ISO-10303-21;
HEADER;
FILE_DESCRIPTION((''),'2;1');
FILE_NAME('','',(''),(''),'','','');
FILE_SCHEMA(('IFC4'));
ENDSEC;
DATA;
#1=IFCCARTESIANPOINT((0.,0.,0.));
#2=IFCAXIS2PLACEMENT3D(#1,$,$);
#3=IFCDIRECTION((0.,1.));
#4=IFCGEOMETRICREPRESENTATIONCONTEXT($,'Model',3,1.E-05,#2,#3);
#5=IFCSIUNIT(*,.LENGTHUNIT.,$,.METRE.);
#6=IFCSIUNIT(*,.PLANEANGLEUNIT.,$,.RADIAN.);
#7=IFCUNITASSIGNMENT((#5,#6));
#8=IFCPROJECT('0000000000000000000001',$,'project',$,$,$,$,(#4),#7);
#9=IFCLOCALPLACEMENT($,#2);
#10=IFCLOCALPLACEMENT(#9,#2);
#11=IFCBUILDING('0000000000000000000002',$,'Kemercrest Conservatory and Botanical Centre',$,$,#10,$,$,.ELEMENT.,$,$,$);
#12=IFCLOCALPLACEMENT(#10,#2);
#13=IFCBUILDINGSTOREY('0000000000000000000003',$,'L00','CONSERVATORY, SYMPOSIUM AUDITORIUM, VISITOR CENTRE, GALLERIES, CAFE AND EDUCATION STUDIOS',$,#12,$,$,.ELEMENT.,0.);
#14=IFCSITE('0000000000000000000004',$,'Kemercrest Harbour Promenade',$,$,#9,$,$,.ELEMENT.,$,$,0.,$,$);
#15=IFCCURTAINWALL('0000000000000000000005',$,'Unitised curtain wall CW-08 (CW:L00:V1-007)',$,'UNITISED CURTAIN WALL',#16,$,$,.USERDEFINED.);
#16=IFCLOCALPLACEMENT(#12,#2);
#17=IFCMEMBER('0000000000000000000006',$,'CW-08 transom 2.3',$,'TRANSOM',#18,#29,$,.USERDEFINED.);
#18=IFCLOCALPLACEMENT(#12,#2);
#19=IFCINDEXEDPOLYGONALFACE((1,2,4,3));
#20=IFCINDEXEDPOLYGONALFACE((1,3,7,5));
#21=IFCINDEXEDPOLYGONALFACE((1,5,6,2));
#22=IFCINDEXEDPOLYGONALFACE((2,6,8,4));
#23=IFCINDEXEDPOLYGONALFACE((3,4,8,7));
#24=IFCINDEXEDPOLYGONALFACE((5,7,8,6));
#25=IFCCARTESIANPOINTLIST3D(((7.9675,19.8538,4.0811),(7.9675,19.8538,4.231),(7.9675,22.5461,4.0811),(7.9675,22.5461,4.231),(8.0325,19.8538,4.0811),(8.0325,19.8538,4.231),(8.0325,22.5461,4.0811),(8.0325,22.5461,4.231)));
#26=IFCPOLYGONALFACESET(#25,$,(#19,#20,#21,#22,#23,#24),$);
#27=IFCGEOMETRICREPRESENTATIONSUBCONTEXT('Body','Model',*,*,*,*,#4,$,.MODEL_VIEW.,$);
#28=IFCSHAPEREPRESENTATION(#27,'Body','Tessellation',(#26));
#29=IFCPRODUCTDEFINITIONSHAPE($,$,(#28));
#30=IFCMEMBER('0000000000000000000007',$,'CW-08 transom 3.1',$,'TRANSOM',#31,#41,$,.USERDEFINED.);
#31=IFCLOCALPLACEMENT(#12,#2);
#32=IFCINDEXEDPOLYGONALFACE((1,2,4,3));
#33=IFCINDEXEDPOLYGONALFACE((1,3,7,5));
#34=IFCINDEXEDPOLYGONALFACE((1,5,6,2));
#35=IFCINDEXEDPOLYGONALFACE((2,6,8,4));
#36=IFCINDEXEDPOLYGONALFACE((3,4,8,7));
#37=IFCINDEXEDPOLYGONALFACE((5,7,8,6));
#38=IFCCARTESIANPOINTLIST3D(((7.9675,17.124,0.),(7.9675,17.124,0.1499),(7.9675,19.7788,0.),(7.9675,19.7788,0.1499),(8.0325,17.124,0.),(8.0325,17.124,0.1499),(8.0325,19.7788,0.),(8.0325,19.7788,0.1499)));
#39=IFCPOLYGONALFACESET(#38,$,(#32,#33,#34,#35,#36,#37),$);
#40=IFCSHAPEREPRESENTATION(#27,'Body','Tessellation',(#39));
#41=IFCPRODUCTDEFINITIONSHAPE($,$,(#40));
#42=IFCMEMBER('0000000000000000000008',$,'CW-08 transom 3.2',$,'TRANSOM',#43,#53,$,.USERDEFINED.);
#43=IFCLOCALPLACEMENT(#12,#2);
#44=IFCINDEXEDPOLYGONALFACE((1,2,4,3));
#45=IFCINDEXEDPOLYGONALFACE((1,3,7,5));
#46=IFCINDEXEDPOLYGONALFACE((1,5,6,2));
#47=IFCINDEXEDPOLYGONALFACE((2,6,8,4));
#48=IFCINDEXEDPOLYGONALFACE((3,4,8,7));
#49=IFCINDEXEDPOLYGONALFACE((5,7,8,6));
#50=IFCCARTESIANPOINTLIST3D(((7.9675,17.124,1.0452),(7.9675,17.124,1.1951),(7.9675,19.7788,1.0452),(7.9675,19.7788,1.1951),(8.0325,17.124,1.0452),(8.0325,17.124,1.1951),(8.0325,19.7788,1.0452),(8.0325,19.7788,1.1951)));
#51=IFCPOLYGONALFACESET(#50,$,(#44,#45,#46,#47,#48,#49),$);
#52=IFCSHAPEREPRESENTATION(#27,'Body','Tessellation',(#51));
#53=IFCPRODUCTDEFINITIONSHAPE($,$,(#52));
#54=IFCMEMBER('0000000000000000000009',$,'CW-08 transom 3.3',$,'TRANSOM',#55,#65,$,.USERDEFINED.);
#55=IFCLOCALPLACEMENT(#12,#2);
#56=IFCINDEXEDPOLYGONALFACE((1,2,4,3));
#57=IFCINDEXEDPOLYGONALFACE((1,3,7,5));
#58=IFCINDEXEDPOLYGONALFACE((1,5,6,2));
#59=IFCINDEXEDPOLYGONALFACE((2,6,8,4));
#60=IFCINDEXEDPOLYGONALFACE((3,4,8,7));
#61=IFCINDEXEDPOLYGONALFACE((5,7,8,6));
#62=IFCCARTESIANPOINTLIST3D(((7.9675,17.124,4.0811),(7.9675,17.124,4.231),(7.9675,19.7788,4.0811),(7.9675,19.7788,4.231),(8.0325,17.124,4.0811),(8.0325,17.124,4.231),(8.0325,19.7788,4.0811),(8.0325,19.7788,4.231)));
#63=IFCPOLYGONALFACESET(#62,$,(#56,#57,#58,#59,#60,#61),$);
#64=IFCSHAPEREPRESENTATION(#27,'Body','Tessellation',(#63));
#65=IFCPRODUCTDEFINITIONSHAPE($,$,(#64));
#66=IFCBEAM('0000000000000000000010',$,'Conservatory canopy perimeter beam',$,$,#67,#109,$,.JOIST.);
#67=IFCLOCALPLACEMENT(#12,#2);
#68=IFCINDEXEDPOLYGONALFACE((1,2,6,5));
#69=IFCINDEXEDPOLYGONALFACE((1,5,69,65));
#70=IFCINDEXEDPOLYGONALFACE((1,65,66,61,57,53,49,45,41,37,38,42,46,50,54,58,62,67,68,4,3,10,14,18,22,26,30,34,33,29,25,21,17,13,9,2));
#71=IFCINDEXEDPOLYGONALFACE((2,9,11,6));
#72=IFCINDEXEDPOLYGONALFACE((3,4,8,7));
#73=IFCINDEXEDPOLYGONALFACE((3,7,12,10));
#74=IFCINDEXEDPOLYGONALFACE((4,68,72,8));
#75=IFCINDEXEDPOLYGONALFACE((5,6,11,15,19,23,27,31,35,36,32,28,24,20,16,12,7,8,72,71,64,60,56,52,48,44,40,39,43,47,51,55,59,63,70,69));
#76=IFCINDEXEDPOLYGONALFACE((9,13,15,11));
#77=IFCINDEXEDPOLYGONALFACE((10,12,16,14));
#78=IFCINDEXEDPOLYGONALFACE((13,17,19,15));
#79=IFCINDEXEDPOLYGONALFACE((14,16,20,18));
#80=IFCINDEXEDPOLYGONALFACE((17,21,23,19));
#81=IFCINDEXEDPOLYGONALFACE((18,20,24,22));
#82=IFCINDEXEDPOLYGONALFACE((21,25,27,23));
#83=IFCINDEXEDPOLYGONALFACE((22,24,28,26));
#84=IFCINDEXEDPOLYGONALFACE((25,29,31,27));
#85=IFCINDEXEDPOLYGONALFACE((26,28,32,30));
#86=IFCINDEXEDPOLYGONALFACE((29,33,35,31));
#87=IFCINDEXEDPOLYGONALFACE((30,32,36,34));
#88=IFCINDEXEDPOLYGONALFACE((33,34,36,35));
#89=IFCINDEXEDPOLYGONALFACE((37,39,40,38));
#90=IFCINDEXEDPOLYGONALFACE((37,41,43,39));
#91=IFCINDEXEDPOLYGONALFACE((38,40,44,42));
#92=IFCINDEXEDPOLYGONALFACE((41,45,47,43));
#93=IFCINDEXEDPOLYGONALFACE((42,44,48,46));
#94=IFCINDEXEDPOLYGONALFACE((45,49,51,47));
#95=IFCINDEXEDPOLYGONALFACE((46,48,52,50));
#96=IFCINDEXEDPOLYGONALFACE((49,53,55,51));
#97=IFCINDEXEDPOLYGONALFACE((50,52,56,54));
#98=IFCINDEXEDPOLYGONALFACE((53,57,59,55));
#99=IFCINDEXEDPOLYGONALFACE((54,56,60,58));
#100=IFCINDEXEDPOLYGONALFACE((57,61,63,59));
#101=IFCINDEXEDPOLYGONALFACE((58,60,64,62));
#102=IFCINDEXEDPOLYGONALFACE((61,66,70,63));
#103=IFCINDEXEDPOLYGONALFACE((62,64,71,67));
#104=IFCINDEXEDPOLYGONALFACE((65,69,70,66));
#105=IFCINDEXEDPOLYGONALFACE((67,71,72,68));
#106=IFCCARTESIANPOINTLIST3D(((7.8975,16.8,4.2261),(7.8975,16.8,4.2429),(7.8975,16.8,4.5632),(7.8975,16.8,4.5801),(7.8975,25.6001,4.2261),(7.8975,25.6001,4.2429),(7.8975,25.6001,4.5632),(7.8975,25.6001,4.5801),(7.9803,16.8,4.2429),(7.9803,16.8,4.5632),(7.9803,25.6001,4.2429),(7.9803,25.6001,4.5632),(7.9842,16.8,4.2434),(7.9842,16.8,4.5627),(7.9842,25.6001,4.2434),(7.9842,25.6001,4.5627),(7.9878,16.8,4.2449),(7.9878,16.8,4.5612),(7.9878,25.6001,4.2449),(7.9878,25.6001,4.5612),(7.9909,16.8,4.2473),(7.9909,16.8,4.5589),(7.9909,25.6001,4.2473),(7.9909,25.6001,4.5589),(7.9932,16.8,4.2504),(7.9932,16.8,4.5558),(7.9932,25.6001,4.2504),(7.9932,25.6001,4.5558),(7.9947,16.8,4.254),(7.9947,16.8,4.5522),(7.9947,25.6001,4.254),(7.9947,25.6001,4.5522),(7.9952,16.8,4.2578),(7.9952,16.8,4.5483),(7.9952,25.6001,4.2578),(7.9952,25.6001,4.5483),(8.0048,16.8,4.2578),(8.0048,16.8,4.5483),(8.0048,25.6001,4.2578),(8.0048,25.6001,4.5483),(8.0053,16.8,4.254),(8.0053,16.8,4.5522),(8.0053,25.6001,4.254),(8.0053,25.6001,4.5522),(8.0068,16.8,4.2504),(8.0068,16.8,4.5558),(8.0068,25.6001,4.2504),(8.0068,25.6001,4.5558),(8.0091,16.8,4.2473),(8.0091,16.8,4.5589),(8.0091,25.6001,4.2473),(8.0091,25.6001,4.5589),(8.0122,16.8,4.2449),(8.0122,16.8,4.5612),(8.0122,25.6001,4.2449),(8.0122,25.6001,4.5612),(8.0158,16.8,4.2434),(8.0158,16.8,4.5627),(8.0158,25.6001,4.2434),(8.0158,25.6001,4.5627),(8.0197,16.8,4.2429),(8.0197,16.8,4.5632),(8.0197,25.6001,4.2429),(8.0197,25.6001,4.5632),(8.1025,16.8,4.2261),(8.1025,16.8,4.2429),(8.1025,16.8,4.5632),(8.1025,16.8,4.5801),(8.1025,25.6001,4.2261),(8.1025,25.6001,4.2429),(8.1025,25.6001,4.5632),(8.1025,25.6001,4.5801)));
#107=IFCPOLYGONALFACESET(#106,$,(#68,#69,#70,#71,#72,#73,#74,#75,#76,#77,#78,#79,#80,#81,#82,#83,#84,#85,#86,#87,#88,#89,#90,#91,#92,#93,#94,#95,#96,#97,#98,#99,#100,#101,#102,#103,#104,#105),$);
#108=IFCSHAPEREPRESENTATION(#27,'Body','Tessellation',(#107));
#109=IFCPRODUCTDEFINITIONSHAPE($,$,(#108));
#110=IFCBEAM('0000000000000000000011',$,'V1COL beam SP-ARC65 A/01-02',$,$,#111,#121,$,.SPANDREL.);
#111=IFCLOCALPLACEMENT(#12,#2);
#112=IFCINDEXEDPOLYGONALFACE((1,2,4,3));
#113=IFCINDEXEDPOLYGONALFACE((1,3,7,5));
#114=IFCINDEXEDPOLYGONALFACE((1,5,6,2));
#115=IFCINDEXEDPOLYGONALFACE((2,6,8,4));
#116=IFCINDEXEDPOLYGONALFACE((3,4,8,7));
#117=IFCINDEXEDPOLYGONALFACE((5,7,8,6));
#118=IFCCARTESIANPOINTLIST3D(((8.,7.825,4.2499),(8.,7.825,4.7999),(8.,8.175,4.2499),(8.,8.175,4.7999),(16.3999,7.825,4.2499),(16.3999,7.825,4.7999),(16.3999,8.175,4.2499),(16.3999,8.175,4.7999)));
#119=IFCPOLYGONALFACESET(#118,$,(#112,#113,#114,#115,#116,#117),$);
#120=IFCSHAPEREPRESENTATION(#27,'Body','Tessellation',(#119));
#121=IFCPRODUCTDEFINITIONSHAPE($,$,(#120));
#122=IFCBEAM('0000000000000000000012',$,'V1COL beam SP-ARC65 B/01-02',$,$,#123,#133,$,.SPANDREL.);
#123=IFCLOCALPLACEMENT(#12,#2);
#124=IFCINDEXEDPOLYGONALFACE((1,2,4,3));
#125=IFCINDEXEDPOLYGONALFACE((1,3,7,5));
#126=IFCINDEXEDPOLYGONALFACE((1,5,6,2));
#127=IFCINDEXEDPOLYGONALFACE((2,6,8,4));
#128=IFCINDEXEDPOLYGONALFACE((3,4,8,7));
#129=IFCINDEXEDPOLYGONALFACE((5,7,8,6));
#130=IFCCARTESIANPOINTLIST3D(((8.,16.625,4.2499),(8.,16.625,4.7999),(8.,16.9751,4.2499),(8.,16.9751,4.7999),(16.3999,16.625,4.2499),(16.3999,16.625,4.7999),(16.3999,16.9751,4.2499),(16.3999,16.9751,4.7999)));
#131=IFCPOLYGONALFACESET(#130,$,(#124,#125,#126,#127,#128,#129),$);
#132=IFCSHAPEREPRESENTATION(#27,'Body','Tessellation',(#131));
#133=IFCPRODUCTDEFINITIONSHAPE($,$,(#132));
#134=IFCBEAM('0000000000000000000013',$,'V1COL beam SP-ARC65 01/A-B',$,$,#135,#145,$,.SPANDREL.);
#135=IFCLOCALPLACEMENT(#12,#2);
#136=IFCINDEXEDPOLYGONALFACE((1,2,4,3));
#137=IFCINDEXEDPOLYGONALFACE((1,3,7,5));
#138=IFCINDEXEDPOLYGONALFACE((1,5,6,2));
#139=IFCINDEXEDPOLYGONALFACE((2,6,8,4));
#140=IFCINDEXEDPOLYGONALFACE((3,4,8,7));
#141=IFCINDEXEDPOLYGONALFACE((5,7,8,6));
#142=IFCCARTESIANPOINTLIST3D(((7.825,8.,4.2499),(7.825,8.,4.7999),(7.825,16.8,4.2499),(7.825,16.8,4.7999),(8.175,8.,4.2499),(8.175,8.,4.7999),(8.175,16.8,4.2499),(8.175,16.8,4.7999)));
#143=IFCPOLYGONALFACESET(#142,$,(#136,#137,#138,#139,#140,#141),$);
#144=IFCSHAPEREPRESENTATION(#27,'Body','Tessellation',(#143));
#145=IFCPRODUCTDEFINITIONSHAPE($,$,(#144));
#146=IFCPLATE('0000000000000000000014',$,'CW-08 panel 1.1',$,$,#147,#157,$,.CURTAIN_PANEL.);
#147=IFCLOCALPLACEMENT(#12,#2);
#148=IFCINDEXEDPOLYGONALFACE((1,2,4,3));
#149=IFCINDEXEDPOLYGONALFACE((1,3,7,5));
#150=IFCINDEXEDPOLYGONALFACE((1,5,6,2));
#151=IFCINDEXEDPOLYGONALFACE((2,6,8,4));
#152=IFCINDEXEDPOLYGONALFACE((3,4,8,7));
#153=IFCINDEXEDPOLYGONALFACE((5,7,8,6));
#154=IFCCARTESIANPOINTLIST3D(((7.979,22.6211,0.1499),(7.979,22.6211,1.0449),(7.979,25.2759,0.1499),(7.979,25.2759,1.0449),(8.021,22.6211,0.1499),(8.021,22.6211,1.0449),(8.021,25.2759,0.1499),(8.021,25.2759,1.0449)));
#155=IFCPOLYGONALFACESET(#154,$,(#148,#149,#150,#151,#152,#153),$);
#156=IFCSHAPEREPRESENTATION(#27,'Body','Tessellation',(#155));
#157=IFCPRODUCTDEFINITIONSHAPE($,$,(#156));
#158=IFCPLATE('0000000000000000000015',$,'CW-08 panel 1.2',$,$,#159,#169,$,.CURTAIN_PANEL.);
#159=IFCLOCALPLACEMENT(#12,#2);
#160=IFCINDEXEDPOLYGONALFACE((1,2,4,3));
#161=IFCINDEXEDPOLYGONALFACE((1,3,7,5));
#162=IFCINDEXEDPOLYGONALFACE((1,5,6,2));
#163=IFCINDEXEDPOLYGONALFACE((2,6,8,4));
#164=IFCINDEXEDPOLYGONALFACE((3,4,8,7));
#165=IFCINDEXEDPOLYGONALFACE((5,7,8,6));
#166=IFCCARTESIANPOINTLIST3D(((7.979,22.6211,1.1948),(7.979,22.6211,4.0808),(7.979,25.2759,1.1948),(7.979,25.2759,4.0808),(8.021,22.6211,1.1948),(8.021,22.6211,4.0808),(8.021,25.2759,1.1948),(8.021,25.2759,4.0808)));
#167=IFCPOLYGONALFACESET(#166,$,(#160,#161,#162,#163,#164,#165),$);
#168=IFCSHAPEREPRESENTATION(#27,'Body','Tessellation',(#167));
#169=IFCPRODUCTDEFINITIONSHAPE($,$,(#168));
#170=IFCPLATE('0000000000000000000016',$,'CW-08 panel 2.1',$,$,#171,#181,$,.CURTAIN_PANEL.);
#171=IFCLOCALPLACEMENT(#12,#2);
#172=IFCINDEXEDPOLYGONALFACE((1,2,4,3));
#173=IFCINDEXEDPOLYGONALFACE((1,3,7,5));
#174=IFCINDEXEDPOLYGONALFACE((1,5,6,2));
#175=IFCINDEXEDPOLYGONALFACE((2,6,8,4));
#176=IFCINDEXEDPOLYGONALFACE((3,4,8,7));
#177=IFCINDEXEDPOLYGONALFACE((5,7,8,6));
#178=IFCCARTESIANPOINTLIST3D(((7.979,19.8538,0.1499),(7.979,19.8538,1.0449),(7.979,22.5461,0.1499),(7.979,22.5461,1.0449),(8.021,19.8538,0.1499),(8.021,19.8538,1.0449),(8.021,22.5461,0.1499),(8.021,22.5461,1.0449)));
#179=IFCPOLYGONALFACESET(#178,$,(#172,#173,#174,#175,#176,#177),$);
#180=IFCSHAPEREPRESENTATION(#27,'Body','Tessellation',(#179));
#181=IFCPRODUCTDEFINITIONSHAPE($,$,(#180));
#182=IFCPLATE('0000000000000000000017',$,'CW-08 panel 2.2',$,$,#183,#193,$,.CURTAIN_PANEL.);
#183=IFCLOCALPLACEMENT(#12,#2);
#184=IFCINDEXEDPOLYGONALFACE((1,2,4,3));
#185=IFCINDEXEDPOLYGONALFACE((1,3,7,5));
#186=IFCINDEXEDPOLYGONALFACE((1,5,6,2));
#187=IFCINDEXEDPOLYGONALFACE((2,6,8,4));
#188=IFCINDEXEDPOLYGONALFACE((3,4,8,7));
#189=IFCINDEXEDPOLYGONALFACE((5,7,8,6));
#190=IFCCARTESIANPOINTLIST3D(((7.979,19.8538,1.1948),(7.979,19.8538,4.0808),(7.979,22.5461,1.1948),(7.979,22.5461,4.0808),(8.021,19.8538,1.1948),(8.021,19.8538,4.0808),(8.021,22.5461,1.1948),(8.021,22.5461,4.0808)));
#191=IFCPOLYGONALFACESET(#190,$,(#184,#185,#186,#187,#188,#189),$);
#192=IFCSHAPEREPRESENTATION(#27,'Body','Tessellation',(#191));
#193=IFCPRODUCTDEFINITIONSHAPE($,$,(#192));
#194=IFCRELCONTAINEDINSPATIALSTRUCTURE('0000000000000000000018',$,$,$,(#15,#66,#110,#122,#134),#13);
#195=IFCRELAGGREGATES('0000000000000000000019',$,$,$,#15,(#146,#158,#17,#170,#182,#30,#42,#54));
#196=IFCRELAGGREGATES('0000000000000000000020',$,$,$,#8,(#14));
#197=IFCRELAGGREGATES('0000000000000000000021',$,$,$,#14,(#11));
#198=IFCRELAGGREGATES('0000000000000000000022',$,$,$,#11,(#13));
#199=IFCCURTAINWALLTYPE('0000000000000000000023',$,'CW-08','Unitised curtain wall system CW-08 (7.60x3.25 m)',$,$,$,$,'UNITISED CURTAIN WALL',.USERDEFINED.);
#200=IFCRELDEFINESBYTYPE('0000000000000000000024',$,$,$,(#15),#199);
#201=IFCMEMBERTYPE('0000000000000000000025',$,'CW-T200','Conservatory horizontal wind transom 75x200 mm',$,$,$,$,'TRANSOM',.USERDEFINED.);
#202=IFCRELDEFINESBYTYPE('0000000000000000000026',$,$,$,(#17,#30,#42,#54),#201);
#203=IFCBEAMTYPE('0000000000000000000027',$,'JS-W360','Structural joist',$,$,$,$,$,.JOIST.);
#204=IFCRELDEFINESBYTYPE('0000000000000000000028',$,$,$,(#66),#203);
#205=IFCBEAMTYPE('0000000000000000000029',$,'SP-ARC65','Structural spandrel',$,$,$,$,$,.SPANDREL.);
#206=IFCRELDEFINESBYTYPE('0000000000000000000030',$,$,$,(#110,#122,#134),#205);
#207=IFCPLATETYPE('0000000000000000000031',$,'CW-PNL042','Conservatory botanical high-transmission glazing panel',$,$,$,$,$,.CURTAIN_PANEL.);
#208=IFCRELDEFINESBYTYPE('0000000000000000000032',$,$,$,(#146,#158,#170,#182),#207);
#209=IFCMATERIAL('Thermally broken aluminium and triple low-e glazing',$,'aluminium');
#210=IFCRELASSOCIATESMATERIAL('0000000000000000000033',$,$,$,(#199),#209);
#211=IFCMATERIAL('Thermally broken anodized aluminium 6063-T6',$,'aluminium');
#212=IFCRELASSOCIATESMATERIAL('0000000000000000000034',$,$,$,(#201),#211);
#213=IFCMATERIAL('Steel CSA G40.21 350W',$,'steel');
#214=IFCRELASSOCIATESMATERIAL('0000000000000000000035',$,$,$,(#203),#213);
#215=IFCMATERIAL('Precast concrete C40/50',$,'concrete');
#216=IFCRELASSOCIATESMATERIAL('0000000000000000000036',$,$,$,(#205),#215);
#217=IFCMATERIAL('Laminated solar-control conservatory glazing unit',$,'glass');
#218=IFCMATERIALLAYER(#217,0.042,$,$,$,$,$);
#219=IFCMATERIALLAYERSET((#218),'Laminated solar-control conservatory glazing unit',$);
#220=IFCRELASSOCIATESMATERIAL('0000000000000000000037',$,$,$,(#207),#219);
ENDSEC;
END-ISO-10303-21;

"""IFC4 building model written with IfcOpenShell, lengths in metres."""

from ifc_helpers import new_model, si_unit, direction, frame, origin, origin_2d, place, context, subcontext, project, spatial, rectangle, i_section, extrude, material, layer, layer_set, material_profile, profile_set, type_object, element, aggregate, save


model = new_model("IFC4")

# Units and contexts
model_context = context("Model", 3, precision=1e-05, world=origin(), true_north=direction((0.0, 1.0)))
body_context = subcontext(model_context, "Body", "Model", "MODEL_VIEW")
ifc_project = project(units=[si_unit("LENGTHUNIT", "METRE"), si_unit("PLANEANGLEUNIT", "RADIAN")], contexts=[model_context])

# Site, building, storey
site_placement = place(None, origin())
site = spatial("IfcSite", under=ifc_project, at=site_placement, Name="Kemercrest Harbour Promenade", CompositionType="ELEMENT", RefElevation=0.0)
building_placement = place(site_placement, origin())
building = spatial("IfcBuilding", under=site, at=building_placement, Name="Kemercrest Conservatory and Botanical Centre", CompositionType="ELEMENT")
storey_placement = place(building_placement, origin())
storey = spatial("IfcBuildingStorey", under=building, at=storey_placement, Name="L00", Description="CONSERVATORY, SYMPOSIUM AUDITORIUM, VISITOR CENTRE, GALLERIES, CAFE AND EDUCATION STUDIOS", CompositionType="ELEMENT", Elevation=0.0)

# Shared definitions
ifc_material_1 = material(Name="Steel CSA G40.21 350W", Category="steel")
ifc_material_2 = material(Name="Precast concrete C40/50", Category="concrete")

# Curtain wall, members
ifc_material_3 = material(Name="Thermally broken aluminium and triple low-e glazing", Category="aluminium")
curtain_wall_type = type_object("IfcCurtainWallType", Name="CW-08", Description="Unitised curtain wall system CW-08 (7.60x3.25 m)", ElementType="UNITISED CURTAIN WALL", PredefinedType="USERDEFINED", material=ifc_material_3)
curtain_wall_placement = place(storey_placement, origin())
curtain_wall = element("IfcCurtainWall", 1, at=curtain_wall_placement, inside=storey, type_object=curtain_wall_type, Name="Unitised curtain wall CW-08 (CW:L00:V1-007)", ObjectType="UNITISED CURTAIN WALL", PredefinedType="USERDEFINED")
ifc_material_4 = material(Name="Thermally broken anodized aluminium 6063-T6", Category="aluminium")
ifc_material_profile_1 = material_profile(ifc_material_4, rectangle(XDim=0.0649, YDim=0.1499, at=origin_2d()), Name="AL TRANSOM 65x150")
ifc_profile_set_1 = profile_set([ifc_material_profile_1], Name="Thermally broken anodized aluminium 6063-T6")
member_type_1 = type_object("IfcMemberType", Name="CW-T200", Description="Conservatory horizontal wind transom 75x200 mm", ElementType="TRANSOM", PredefinedType="USERDEFINED", material=ifc_profile_set_1)
member_1_placement = place(storey_placement, frame((8.0, 22.5461, 4.156), z_axis=(0.0, -1.0, 0.0), x_axis=(1.0, 0.0, 0.0)))
member_1 = element("IfcMember", 2, at=member_1_placement, type_object=member_type_1, Name="CW-08 transom 2.3", ObjectType="TRANSOM", PredefinedType="USERDEFINED", context=body_context, shape_type="SweptSolid", body=[
    extrude(rectangle(XDim=0.0649, YDim=0.1499, at=origin_2d()), origin(), (0.0, 0.0, 1.0), 2.6924),
])
member_2_placement = place(storey_placement, frame((8.0, 19.7788, 0.075), z_axis=(0.0, -1.0, 0.0), x_axis=(1.0, 0.0, 0.0)))
member_2 = element("IfcMember", 3, at=member_2_placement, type_object=member_type_1, Name="CW-08 transom 3.1", ObjectType="TRANSOM", PredefinedType="USERDEFINED", context=body_context, shape_type="SweptSolid", body=[
    extrude(rectangle(XDim=0.0649, YDim=0.1499, at=origin_2d()), origin(), (0.0, 0.0, 1.0), 2.6548),
])
member_3_placement = place(storey_placement, frame((8.0, 19.7788, 1.1201), z_axis=(0.0, -1.0, 0.0), x_axis=(1.0, 0.0, 0.0)))
member_3 = element("IfcMember", 4, at=member_3_placement, type_object=member_type_1, Name="CW-08 transom 3.2", ObjectType="TRANSOM", PredefinedType="USERDEFINED", context=body_context, shape_type="SweptSolid", body=[
    extrude(rectangle(XDim=0.0649, YDim=0.1499, at=origin_2d()), origin(), (0.0, 0.0, 1.0), 2.6548),
])
member_4_placement = place(storey_placement, frame((8.0, 19.7788, 4.156), z_axis=(0.0, -1.0, 0.0), x_axis=(1.0, 0.0, 0.0)))
member_4 = element("IfcMember", 5, at=member_4_placement, type_object=member_type_1, Name="CW-08 transom 3.3", ObjectType="TRANSOM", PredefinedType="USERDEFINED", context=body_context, shape_type="SweptSolid", body=[
    extrude(rectangle(XDim=0.0649, YDim=0.1499, at=origin_2d()), origin(), (0.0, 0.0, 1.0), 2.6548),
])

# Beams
ifc_material_profile_2 = material_profile(ifc_material_1, i_section(OverallWidth=0.2051, OverallDepth=0.354, WebThickness=0.0095, FlangeThickness=0.0168, FilletRadius=0.0149, at=origin_2d()), Name="W360X79")
ifc_profile_set_2 = profile_set([ifc_material_profile_2], Name="Steel CSA G40.21 350W")
beam_type_1 = type_object("IfcBeamType", Name="JS-W360", Description="Structural joist", PredefinedType="JOIST", material=ifc_profile_set_2)
beam_1_placement = place(storey_placement, frame((8.0, 16.8, 4.4031), z_axis=(0.0, 1.0, 0.0), x_axis=(-1.0, 0.0, 0.0)))
element("IfcBeam", 6, at=beam_1_placement, inside=storey, type_object=beam_type_1, Name="Conservatory canopy perimeter beam", PredefinedType="JOIST", context=body_context, shape_type="SweptSolid", body=[
    extrude(i_section(OverallWidth=0.2051, OverallDepth=0.354, WebThickness=0.0095, FlangeThickness=0.0168, FilletRadius=0.0149, at=origin_2d()), origin(), (0.0, 0.0, 1.0), 8.8),
])
ifc_material_profile_3 = material_profile(ifc_material_2, rectangle(XDim=0.3501, YDim=0.55, at=origin_2d()), Name="RC 350x550")
ifc_profile_set_3 = profile_set([ifc_material_profile_3], Name="Precast concrete C40/50")
beam_type_2 = type_object("IfcBeamType", Name="SP-ARC65", Description="Structural spandrel", PredefinedType="SPANDREL", material=ifc_profile_set_3)
for number, where, z_axis, x_axis, name in (
    (7, (8.0, 8.0, 4.5249), (1.0, 0.0, 0.0), (0.0, 1.0, 0.0), "V1COL beam SP-ARC65 A/01-02"),
    (8, (8.0, 16.8, 4.5249), (1.0, 0.0, 0.0), (0.0, 1.0, 0.0), "V1COL beam SP-ARC65 B/01-02"),
):
    element("IfcBeam", number, at=place(storey_placement, frame(where, z_axis=z_axis, x_axis=x_axis)), inside=storey, type_object=beam_type_2, Name=name, PredefinedType="SPANDREL", context=body_context, shape_type="SweptSolid", body=[
        extrude(rectangle(XDim=0.3501, YDim=0.55, at=origin_2d()), origin(), (0.0, 0.0, 1.0), 8.3999),
    ])
beam_2_placement = place(storey_placement, frame((8.0, 8.0, 4.5249), z_axis=(0.0, 1.0, 0.0), x_axis=(-1.0, 0.0, 0.0)))
element("IfcBeam", 9, at=beam_2_placement, inside=storey, type_object=beam_type_2, Name="V1COL beam SP-ARC65 01/A-B", PredefinedType="SPANDREL", context=body_context, shape_type="SweptSolid", body=[
    extrude(rectangle(XDim=0.3501, YDim=0.55, at=origin_2d()), origin(), (0.0, 0.0, 1.0), 8.8),
])

# Plates
ifc_material_5 = material(Name="Laminated solar-control conservatory glazing unit", Category="glass")
ifc_layer_1 = layer(ifc_material_5, 0.042)
ifc_layer_set_1 = layer_set([ifc_layer_1], Name="Laminated solar-control conservatory glazing unit")
plate_type = type_object("IfcPlateType", Name="CW-PNL042", Description="Conservatory botanical high-transmission glazing panel", PredefinedType="CURTAIN_PANEL", material=ifc_layer_set_1)
plate_1_placement = place(storey_placement, frame((8.0, 23.9485, 0.1499), z_axis=(0.0, 0.0, 1.0), x_axis=(0.0, -1.0, 0.0)))
plate_1 = element("IfcPlate", 10, at=plate_1_placement, type_object=plate_type, Name="CW-08 panel 1.1", PredefinedType="CURTAIN_PANEL", context=body_context, shape_type="SweptSolid", body=[
    extrude(rectangle(XDim=2.6548, YDim=0.042, at=origin_2d()), origin(), (0.0, 0.0, 1.0), 0.895),
])
plate_2_placement = place(storey_placement, frame((8.0, 23.9485, 1.1948), z_axis=(0.0, 0.0, 1.0), x_axis=(0.0, -1.0, 0.0)))
plate_2 = element("IfcPlate", 11, at=plate_2_placement, type_object=plate_type, Name="CW-08 panel 1.2", PredefinedType="CURTAIN_PANEL", context=body_context, shape_type="SweptSolid", body=[
    extrude(rectangle(XDim=2.6548, YDim=0.042, at=origin_2d()), origin(), (0.0, 0.0, 1.0), 2.886),
])
plate_3_placement = place(storey_placement, frame((8.0, 21.2, 0.1499), z_axis=(0.0, 0.0, 1.0), x_axis=(0.0, -1.0, 0.0)))
plate_3 = element("IfcPlate", 12, at=plate_3_placement, type_object=plate_type, Name="CW-08 panel 2.1", PredefinedType="CURTAIN_PANEL", context=body_context, shape_type="SweptSolid", body=[
    extrude(rectangle(XDim=2.6924, YDim=0.042, at=origin_2d()), origin(), (0.0, 0.0, 1.0), 0.895),
])
plate_4_placement = place(storey_placement, frame((8.0, 21.2, 1.1948), z_axis=(0.0, 0.0, 1.0), x_axis=(0.0, -1.0, 0.0)))
plate_4 = element("IfcPlate", 13, at=plate_4_placement, type_object=plate_type, Name="CW-08 panel 2.2", PredefinedType="CURTAIN_PANEL", context=body_context, shape_type="SweptSolid", body=[
    extrude(rectangle(XDim=2.6924, YDim=0.042, at=origin_2d()), origin(), (0.0, 0.0, 1.0), 2.886),
])
aggregate(curtain_wall, [plate_1, plate_2, member_1, plate_3, plate_4, member_2, member_3, member_4])

save(model, "model.ifc")
